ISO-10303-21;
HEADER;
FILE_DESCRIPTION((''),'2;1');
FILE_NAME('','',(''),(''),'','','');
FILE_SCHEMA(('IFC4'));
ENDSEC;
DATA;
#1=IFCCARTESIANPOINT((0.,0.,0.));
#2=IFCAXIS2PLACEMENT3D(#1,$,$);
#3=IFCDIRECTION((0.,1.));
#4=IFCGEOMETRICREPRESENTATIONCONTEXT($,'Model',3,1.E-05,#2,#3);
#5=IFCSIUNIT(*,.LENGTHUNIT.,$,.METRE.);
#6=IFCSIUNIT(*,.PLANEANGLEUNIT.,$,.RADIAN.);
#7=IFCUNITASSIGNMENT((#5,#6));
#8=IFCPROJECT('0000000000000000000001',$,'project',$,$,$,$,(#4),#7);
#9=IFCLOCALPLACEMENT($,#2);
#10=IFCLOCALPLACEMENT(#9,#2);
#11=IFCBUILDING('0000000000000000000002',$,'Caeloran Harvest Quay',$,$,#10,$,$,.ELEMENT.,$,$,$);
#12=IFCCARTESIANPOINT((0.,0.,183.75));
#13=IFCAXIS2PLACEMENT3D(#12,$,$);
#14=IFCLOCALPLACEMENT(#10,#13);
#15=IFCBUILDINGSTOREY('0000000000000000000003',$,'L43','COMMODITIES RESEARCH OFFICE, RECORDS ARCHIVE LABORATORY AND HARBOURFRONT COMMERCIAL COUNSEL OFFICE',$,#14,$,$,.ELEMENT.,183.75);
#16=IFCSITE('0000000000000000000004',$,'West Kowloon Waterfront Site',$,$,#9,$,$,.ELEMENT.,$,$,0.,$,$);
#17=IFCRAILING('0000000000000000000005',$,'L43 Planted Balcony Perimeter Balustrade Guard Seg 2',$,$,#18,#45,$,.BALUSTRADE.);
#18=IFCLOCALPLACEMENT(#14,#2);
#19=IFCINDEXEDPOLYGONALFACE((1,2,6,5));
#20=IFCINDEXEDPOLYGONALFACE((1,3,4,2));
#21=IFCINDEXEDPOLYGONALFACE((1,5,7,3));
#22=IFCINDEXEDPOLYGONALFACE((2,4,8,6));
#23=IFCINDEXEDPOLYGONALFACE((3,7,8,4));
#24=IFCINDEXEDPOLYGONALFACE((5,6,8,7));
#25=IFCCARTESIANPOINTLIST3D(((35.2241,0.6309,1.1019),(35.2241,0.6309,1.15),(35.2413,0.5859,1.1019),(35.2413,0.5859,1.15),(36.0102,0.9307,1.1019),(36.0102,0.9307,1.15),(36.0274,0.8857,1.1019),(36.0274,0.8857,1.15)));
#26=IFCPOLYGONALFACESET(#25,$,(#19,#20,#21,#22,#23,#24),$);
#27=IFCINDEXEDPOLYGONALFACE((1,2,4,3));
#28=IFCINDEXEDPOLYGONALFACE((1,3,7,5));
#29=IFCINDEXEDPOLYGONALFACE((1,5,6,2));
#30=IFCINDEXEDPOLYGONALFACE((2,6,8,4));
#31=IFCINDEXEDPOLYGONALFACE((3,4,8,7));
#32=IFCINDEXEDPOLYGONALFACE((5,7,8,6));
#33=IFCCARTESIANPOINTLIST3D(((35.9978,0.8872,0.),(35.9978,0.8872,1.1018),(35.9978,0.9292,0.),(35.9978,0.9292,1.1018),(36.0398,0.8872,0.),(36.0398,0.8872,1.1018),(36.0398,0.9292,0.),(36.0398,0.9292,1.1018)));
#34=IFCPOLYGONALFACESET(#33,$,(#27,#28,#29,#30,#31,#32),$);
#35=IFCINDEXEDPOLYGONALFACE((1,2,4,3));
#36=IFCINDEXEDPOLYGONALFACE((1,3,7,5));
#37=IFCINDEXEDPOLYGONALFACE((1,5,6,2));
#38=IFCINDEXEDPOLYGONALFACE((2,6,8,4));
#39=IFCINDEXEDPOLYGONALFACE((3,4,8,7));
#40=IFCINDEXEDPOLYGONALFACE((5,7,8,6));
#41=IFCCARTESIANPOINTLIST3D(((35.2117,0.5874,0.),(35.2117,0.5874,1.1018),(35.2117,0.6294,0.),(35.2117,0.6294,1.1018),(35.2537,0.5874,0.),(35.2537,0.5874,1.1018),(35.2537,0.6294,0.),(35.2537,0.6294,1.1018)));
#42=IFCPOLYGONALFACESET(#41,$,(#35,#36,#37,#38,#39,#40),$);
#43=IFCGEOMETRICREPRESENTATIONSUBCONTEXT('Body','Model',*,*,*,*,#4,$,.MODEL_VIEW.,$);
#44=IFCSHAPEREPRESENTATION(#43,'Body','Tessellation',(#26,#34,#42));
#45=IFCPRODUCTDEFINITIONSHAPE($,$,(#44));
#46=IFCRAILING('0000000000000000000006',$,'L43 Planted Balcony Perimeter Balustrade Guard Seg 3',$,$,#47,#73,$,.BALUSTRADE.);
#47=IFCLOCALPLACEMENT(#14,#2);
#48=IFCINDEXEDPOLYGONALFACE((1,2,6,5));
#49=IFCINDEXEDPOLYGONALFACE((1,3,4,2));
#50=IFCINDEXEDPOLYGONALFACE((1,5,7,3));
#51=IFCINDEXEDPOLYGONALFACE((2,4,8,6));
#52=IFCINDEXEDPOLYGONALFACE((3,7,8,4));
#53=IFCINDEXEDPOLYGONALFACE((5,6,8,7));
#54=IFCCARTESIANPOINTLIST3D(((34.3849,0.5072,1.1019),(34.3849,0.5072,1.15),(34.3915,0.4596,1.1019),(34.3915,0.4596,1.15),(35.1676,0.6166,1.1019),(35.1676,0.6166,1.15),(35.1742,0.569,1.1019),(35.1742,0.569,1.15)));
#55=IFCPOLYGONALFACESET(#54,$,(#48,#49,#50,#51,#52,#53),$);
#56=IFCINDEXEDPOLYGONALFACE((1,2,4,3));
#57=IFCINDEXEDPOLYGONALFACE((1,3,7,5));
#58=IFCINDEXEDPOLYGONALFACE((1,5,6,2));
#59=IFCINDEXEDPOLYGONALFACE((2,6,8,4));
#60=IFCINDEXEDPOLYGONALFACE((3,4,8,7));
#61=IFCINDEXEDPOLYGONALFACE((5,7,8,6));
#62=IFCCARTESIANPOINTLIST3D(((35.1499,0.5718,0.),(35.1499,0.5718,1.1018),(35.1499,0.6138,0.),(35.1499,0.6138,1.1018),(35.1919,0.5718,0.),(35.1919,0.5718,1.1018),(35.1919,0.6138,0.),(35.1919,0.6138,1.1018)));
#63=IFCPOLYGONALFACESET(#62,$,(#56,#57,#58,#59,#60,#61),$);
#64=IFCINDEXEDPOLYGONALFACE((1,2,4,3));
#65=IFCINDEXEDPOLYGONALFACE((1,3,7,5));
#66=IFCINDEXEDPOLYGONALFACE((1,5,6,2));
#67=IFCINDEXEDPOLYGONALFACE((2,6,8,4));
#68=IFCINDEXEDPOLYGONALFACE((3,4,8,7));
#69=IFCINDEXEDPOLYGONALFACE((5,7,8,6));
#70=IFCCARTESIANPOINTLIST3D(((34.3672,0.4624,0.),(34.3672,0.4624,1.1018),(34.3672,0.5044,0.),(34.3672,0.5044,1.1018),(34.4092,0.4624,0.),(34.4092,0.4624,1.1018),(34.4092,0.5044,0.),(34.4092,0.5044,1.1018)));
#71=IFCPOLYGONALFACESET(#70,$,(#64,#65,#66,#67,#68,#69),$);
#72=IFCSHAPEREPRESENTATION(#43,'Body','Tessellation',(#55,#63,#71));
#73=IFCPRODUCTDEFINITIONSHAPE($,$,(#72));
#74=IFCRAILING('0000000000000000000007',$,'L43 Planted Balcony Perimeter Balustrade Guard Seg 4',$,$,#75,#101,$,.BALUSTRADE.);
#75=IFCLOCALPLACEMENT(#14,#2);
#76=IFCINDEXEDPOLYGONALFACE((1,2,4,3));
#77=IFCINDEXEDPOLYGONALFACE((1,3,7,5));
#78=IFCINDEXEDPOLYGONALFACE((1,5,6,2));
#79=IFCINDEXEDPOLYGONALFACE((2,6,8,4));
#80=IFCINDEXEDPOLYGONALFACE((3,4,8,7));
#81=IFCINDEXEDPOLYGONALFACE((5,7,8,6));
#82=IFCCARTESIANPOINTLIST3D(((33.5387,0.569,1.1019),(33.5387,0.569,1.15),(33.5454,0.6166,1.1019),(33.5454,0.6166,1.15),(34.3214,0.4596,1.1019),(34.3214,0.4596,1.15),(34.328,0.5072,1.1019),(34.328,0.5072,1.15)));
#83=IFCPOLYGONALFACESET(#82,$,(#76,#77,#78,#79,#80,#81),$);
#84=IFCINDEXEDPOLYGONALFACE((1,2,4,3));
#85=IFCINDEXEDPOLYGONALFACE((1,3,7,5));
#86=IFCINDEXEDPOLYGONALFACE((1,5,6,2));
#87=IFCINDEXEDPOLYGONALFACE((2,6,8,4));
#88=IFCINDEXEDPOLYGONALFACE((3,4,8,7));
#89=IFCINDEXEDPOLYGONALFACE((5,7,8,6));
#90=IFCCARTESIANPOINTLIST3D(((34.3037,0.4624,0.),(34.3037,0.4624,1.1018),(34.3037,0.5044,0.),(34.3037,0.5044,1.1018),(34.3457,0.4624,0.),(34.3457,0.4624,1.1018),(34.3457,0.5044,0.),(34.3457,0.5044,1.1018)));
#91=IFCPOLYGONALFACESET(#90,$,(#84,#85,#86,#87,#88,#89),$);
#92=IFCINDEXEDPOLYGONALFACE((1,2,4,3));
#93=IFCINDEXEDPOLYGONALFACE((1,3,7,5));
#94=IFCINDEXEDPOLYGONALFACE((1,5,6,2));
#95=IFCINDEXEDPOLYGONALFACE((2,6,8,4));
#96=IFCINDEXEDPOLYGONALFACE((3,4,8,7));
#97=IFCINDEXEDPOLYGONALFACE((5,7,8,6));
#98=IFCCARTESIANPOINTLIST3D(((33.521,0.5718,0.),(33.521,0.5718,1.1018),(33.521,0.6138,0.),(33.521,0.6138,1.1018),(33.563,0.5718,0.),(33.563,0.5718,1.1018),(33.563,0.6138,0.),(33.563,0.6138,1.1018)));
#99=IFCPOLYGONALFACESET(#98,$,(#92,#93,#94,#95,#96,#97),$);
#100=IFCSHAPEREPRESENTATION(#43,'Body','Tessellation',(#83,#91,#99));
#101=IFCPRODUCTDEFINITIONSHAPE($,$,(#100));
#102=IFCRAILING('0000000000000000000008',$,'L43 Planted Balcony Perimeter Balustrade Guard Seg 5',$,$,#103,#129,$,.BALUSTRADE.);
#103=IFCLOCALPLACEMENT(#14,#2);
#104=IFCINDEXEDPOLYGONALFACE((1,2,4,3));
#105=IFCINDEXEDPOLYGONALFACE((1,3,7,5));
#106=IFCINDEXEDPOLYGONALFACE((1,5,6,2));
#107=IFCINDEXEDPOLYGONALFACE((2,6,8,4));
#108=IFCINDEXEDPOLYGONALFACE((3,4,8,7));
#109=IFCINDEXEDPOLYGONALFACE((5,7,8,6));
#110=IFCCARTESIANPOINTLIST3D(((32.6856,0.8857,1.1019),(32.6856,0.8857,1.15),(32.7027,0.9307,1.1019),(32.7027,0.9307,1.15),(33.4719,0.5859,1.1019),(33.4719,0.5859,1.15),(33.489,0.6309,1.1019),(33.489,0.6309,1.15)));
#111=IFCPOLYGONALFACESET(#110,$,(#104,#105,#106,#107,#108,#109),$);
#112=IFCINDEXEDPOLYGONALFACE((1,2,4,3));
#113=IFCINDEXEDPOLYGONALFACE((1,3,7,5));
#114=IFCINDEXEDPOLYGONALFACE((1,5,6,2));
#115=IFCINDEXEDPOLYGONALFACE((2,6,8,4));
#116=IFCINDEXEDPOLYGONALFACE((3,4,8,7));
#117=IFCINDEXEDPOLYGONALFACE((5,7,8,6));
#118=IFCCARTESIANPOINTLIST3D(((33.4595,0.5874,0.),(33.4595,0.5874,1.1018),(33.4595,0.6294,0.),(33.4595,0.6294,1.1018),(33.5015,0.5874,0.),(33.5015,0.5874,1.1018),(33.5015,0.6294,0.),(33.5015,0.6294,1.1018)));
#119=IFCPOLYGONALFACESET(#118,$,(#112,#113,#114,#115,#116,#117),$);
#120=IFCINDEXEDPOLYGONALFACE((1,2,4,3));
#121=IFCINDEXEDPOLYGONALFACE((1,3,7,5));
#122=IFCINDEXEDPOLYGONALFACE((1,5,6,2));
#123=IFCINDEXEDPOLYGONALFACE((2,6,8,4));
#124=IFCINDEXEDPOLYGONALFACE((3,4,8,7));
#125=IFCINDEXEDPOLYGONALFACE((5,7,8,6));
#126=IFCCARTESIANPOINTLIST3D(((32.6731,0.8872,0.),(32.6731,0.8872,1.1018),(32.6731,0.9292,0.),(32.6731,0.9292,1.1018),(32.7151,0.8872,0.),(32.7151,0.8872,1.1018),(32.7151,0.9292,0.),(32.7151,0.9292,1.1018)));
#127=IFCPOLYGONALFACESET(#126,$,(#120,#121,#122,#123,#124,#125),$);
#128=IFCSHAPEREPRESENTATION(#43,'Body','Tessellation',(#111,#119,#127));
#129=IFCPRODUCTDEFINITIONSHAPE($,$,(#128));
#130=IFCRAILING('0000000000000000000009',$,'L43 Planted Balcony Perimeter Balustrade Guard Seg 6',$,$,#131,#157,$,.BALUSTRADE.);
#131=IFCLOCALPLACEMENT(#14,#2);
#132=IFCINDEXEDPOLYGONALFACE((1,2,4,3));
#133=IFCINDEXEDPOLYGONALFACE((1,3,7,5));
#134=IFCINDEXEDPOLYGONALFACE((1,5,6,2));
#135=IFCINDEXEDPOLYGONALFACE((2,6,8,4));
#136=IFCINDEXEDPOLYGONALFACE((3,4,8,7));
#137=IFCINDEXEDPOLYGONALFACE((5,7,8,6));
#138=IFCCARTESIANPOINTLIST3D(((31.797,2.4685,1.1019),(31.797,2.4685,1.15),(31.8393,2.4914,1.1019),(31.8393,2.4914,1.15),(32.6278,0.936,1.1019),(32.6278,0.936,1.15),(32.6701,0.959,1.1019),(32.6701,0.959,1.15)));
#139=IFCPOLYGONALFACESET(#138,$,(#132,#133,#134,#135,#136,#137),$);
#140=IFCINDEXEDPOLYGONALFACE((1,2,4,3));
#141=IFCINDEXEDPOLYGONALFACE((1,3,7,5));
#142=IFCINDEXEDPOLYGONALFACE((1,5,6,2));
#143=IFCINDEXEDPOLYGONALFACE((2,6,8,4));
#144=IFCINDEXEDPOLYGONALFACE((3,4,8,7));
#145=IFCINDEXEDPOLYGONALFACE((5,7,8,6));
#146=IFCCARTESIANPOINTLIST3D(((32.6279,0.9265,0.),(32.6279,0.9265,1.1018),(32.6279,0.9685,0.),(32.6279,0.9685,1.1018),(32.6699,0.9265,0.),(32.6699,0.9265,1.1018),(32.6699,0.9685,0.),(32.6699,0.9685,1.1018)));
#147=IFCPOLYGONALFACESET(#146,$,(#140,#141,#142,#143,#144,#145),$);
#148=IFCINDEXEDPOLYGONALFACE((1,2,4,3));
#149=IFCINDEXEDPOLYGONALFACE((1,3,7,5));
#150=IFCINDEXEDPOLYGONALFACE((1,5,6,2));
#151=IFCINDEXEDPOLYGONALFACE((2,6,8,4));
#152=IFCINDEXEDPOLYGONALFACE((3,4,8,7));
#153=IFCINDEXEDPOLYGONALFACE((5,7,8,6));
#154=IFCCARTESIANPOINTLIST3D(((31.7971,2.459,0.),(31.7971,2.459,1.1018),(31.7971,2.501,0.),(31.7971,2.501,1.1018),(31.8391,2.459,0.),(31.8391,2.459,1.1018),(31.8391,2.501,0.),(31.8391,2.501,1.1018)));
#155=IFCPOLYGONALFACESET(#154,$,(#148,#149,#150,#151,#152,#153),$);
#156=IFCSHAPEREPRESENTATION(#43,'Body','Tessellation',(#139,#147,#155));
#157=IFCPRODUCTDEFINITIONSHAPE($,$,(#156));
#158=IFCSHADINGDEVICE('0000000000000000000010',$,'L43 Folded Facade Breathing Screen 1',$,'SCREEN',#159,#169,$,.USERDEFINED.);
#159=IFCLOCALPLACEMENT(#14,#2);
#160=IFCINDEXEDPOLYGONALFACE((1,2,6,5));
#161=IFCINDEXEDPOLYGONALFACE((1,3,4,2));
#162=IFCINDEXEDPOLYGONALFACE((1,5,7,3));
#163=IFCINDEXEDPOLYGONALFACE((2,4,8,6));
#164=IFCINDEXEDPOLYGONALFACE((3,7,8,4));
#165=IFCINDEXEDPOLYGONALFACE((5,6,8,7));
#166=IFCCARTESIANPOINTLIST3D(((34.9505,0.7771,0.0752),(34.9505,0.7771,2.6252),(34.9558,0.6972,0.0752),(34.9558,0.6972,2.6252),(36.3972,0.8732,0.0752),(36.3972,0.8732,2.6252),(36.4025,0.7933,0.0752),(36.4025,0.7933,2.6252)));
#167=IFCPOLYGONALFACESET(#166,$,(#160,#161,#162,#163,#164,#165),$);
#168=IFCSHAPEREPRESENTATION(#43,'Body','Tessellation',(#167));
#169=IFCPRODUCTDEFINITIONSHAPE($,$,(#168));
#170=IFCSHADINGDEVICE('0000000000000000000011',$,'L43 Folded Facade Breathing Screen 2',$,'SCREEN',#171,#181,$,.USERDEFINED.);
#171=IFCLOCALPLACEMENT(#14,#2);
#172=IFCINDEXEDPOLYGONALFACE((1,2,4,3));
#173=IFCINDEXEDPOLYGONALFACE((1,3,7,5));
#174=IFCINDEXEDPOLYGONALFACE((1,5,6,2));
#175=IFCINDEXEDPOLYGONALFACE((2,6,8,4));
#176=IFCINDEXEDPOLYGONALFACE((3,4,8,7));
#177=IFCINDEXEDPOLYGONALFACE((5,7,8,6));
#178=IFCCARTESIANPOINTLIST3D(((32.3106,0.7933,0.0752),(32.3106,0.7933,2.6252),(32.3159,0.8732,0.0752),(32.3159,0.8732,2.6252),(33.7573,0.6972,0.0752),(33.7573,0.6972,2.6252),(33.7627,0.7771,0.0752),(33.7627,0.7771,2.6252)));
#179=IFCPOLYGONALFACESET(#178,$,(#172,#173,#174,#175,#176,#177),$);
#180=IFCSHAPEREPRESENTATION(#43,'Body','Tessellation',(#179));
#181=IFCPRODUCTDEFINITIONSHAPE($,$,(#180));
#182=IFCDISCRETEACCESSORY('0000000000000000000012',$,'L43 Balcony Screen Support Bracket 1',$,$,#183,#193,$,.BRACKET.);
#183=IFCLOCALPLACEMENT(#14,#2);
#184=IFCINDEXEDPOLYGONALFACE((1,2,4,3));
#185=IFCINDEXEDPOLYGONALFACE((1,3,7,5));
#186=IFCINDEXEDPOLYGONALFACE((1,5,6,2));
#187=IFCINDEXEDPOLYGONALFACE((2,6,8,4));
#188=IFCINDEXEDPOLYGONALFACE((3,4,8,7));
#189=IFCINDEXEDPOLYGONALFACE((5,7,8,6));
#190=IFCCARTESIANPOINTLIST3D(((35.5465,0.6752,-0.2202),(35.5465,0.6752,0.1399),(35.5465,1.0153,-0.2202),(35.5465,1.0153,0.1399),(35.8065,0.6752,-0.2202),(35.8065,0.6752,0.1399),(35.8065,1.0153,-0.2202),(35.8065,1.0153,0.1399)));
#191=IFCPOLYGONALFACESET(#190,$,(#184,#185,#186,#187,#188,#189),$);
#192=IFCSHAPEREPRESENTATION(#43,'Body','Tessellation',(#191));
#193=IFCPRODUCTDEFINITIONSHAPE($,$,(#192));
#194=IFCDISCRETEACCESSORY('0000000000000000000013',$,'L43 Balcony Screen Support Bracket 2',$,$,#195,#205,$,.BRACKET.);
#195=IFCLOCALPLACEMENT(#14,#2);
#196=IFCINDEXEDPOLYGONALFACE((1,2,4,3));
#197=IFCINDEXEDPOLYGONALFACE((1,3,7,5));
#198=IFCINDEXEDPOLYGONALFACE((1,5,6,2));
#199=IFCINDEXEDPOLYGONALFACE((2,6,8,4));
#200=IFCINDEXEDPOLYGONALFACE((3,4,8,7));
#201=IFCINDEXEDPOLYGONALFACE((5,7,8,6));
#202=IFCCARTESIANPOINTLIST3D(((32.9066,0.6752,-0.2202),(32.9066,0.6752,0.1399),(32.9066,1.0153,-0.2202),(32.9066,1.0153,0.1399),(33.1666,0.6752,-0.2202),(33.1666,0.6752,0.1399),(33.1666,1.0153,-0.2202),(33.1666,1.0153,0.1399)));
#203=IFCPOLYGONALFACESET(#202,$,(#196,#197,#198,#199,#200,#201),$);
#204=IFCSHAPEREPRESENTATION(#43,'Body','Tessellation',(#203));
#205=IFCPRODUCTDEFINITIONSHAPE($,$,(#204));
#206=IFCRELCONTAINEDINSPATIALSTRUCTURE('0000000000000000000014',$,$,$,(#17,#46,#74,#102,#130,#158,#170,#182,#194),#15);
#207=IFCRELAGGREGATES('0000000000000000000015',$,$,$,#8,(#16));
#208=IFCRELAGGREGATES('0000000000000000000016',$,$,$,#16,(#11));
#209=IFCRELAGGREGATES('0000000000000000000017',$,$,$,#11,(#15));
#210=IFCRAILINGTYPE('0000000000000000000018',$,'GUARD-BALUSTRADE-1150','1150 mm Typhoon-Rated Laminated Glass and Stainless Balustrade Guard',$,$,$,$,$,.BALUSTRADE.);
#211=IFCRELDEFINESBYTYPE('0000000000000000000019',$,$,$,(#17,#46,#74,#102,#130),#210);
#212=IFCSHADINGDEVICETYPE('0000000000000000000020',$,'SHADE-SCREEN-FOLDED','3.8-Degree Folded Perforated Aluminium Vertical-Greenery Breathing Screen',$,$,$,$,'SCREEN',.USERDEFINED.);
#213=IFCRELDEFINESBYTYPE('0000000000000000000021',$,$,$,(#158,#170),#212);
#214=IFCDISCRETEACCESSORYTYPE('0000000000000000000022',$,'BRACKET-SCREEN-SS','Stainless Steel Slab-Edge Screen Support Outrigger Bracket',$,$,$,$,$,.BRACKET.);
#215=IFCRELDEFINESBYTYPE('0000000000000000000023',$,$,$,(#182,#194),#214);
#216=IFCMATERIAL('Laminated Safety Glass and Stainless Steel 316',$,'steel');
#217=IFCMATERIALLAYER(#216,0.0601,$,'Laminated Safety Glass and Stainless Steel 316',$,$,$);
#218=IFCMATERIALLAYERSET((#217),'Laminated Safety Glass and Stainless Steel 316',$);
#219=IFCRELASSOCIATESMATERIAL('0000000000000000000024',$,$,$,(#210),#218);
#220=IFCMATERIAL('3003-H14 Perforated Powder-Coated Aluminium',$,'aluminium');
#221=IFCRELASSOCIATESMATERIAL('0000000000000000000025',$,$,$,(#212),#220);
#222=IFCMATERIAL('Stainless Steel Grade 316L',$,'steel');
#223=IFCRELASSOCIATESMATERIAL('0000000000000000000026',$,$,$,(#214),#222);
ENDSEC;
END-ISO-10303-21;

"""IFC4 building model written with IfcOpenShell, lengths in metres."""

from ifc_helpers import new_model, si_unit, direction, frame, origin, origin_2d, place, context, subcontext, project, spatial, rectangle, extrude, material, layer, layer_set, type_object, element, save


model = new_model("IFC4")

# Units and contexts
model_context = context("Model", 3, precision=1e-05, world=origin(), true_north=direction((0.0, 1.0)))
body_context = subcontext(model_context, "Body", "Model", "MODEL_VIEW")
ifc_project = project(units=[si_unit("LENGTHUNIT", "METRE"), si_unit("PLANEANGLEUNIT", "RADIAN")], contexts=[model_context])

# Site, building, storey
site_placement = place(None, origin())
site = spatial("IfcSite", under=ifc_project, at=site_placement, Name="West Kowloon Waterfront Site", CompositionType="ELEMENT", RefElevation=0.0)
building_placement = place(site_placement, origin())
building = spatial("IfcBuilding", under=site, at=building_placement, Name="Caeloran Harvest Quay", CompositionType="ELEMENT")
storey_placement = place(building_placement, frame((0.0, 0.0, 183.75)))
storey = spatial("IfcBuildingStorey", under=building, at=storey_placement, Name="L43", Description="COMMODITIES RESEARCH OFFICE, RECORDS ARCHIVE LABORATORY AND HARBOURFRONT COMMERCIAL COUNSEL OFFICE", CompositionType="ELEMENT", Elevation=183.75)

# Railings
ifc_material_1 = material(Name="Laminated Safety Glass and Stainless Steel 316", Category="steel")
ifc_layer_1 = layer(ifc_material_1, 0.0601, Name="Laminated Safety Glass and Stainless Steel 316")
ifc_layer_set_1 = layer_set([ifc_layer_1], Name="Laminated Safety Glass and Stainless Steel 316")
railing_type = type_object("IfcRailingType", Name="GUARD-BALUSTRADE-1150", Description="1150 mm Typhoon-Rated Laminated Glass and Stainless Balustrade Guard", PredefinedType="BALUSTRADE", material=ifc_layer_set_1)
railing_1_placement = place(storey_placement, frame((36.0188, 0.9082, 0.0)))
element("IfcRailing", 1, at=railing_1_placement, inside=storey, type_object=railing_type, Name="L43 Planted Balcony Perimeter Balustrade Guard Seg 2", PredefinedType="BALUSTRADE", context=body_context, shape_type="SweptSolid", body=[
    extrude(rectangle(XDim=0.0481, YDim=0.0481, at=origin_2d()), frame((0.0, 0.0, 1.126), z_axis=(-0.934359, -0.356333, 0.0), x_axis=(0.356333, -0.934359, 0.0)), (0.0, 0.0, 1.0), 0.8413),
    extrude(rectangle(XDim=0.042, YDim=0.042, at=origin_2d()), origin(), (0.0, 0.0, 1.0), 1.1018),
    extrude(rectangle(XDim=0.042, YDim=0.042, at=origin_2d()), frame((-0.7861, -0.2998, 0.0)), (0.0, 0.0, 1.0), 1.1018),
])
railing_2_placement = place(storey_placement, frame((35.1709, 0.5928, 0.0)))
element("IfcRailing", 2, at=railing_2_placement, inside=storey, type_object=railing_type, Name="L43 Planted Balcony Perimeter Balustrade Guard Seg 3", PredefinedType="BALUSTRADE", context=body_context, shape_type="SweptSolid", body=[
    extrude(rectangle(XDim=0.0481, YDim=0.0481, at=origin_2d()), frame((0.0, 0.0, 1.126), z_axis=(-0.990377, -0.138393, 0.0), x_axis=(0.138393, -0.990377, 0.0)), (0.0, 0.0, 1.0), 0.7903),
    extrude(rectangle(XDim=0.042, YDim=0.042, at=origin_2d()), origin(), (0.0, 0.0, 1.0), 1.1018),
    extrude(rectangle(XDim=0.042, YDim=0.042, at=origin_2d()), frame((-0.7827, -0.1094, 0.0)), (0.0, 0.0, 1.0), 1.1018),
])
railing_3_placement = place(storey_placement, frame((34.3247, 0.4834, 0.0)))
element("IfcRailing", 3, at=railing_3_placement, inside=storey, type_object=railing_type, Name="L43 Planted Balcony Perimeter Balustrade Guard Seg 4", PredefinedType="BALUSTRADE", context=body_context, shape_type="SweptSolid", body=[
    extrude(rectangle(XDim=0.0481, YDim=0.0481, at=origin_2d()), frame((0.0, 0.0, 1.126), z_axis=(-0.990377, 0.138393, 0.0), x_axis=(-0.138393, -0.990377, 0.0)), (0.0, 0.0, 1.0), 0.7903),
    extrude(rectangle(XDim=0.042, YDim=0.042, at=origin_2d()), origin(), (0.0, 0.0, 1.0), 1.1018),
    extrude(rectangle(XDim=0.042, YDim=0.042, at=origin_2d()), frame((-0.7827, 0.1094, 0.0)), (0.0, 0.0, 1.0), 1.1018),
])
railing_4_placement = place(storey_placement, frame((33.4805, 0.6084, 0.0)))
element("IfcRailing", 4, at=railing_4_placement, inside=storey, type_object=railing_type, Name="L43 Planted Balcony Perimeter Balustrade Guard Seg 5", PredefinedType="BALUSTRADE", context=body_context, shape_type="SweptSolid", body=[
    extrude(rectangle(XDim=0.0481, YDim=0.0481, at=origin_2d()), frame((0.0, 0.0, 1.126), z_axis=(-0.934396, 0.356237, 0.0), x_axis=(-0.356237, -0.934396, 0.0)), (0.0, 0.0, 1.0), 0.8416),
    extrude(rectangle(XDim=0.042, YDim=0.042, at=origin_2d()), origin(), (0.0, 0.0, 1.0), 1.1018),
    extrude(rectangle(XDim=0.042, YDim=0.042, at=origin_2d()), frame((-0.7864, 0.2998, 0.0)), (0.0, 0.0, 1.0), 1.1018),
])
railing_5_placement = place(storey_placement, frame((32.6489, 0.9475, 0.0)))
element("IfcRailing", 5, at=railing_5_placement, inside=storey, type_object=railing_type, Name="L43 Planted Balcony Perimeter Balustrade Guard Seg 6", PredefinedType="BALUSTRADE", context=body_context, shape_type="SweptSolid", body=[
    extrude(rectangle(XDim=0.0481, YDim=0.0481, at=origin_2d()), frame((0.0, 0.0, 1.126), z_axis=(-0.476603, 0.879118, 0.0), x_axis=(-0.879118, -0.476603, 0.0)), (0.0, 0.0, 1.0), 1.7432),
    extrude(rectangle(XDim=0.042, YDim=0.042, at=origin_2d()), origin(), (0.0, 0.0, 1.0), 1.1018),
    extrude(rectangle(XDim=0.042, YDim=0.042, at=origin_2d()), frame((-0.8308, 1.5325, 0.0)), (0.0, 0.0, 1.0), 1.1018),
])

# Shading devices
ifc_material_2 = material(Name="3003-H14 Perforated Powder-Coated Aluminium", Category="aluminium")
shading_device_type = type_object("IfcShadingDeviceType", Name="SHADE-SCREEN-FOLDED", Description="3.8-Degree Folded Perforated Aluminium Vertical-Greenery Breathing Screen", ElementType="SCREEN", PredefinedType="USERDEFINED", material=ifc_material_2)
for number, where, z_axis, x_axis, name in (
    (6, (35.6765, 0.7852, 0.0752), (0.0, 0.0, 1.0), (0.997801, 0.066274, 0.0), "L43 Folded Facade Breathing Screen 1"),
    (7, (33.0366, 0.7852, 0.0752), (0.0, 0.0, 1.0), (0.997801, -0.066274, 0.0), "L43 Folded Facade Breathing Screen 2"),
):
    element("IfcShadingDevice", number, at=place(storey_placement, frame(where, z_axis=z_axis, x_axis=x_axis)), inside=storey, type_object=shading_device_type, Name=name, ObjectType="SCREEN", PredefinedType="USERDEFINED", context=body_context, shape_type="SweptSolid", body=[
        extrude(rectangle(XDim=1.45, YDim=0.0801, at=origin_2d()), origin(), (0.0, 0.0, 1.0), 2.55),
    ])

# Discrete accessories
ifc_material_3 = material(Name="Stainless Steel Grade 316L", Category="steel")
discrete_accessory_type = type_object("IfcDiscreteAccessoryType", Name="BRACKET-SCREEN-SS", Description="Stainless Steel Slab-Edge Screen Support Outrigger Bracket", PredefinedType="BRACKET", material=ifc_material_3)
for number, where, z_axis, x_axis, name in (
    (8, (35.6765, 0.8452, -0.2202), (0.0, 0.0, 1.0), (1.0, 0.0, 0.0), "L43 Balcony Screen Support Bracket 1"),
    (9, (33.0366, 0.8452, -0.2202), (0.0, 0.0, 1.0), (1.0, 0.0, 0.0), "L43 Balcony Screen Support Bracket 2"),
):
    element("IfcDiscreteAccessory", number, at=place(storey_placement, frame(where, z_axis=z_axis, x_axis=x_axis)), inside=storey, type_object=discrete_accessory_type, Name=name, PredefinedType="BRACKET", context=body_context, shape_type="SweptSolid", body=[
        extrude(rectangle(XDim=0.26, YDim=0.3401, at=origin_2d()), origin(), (0.0, 0.0, 1.0), 0.3601),
    ])

save(model, "model.ifc")
